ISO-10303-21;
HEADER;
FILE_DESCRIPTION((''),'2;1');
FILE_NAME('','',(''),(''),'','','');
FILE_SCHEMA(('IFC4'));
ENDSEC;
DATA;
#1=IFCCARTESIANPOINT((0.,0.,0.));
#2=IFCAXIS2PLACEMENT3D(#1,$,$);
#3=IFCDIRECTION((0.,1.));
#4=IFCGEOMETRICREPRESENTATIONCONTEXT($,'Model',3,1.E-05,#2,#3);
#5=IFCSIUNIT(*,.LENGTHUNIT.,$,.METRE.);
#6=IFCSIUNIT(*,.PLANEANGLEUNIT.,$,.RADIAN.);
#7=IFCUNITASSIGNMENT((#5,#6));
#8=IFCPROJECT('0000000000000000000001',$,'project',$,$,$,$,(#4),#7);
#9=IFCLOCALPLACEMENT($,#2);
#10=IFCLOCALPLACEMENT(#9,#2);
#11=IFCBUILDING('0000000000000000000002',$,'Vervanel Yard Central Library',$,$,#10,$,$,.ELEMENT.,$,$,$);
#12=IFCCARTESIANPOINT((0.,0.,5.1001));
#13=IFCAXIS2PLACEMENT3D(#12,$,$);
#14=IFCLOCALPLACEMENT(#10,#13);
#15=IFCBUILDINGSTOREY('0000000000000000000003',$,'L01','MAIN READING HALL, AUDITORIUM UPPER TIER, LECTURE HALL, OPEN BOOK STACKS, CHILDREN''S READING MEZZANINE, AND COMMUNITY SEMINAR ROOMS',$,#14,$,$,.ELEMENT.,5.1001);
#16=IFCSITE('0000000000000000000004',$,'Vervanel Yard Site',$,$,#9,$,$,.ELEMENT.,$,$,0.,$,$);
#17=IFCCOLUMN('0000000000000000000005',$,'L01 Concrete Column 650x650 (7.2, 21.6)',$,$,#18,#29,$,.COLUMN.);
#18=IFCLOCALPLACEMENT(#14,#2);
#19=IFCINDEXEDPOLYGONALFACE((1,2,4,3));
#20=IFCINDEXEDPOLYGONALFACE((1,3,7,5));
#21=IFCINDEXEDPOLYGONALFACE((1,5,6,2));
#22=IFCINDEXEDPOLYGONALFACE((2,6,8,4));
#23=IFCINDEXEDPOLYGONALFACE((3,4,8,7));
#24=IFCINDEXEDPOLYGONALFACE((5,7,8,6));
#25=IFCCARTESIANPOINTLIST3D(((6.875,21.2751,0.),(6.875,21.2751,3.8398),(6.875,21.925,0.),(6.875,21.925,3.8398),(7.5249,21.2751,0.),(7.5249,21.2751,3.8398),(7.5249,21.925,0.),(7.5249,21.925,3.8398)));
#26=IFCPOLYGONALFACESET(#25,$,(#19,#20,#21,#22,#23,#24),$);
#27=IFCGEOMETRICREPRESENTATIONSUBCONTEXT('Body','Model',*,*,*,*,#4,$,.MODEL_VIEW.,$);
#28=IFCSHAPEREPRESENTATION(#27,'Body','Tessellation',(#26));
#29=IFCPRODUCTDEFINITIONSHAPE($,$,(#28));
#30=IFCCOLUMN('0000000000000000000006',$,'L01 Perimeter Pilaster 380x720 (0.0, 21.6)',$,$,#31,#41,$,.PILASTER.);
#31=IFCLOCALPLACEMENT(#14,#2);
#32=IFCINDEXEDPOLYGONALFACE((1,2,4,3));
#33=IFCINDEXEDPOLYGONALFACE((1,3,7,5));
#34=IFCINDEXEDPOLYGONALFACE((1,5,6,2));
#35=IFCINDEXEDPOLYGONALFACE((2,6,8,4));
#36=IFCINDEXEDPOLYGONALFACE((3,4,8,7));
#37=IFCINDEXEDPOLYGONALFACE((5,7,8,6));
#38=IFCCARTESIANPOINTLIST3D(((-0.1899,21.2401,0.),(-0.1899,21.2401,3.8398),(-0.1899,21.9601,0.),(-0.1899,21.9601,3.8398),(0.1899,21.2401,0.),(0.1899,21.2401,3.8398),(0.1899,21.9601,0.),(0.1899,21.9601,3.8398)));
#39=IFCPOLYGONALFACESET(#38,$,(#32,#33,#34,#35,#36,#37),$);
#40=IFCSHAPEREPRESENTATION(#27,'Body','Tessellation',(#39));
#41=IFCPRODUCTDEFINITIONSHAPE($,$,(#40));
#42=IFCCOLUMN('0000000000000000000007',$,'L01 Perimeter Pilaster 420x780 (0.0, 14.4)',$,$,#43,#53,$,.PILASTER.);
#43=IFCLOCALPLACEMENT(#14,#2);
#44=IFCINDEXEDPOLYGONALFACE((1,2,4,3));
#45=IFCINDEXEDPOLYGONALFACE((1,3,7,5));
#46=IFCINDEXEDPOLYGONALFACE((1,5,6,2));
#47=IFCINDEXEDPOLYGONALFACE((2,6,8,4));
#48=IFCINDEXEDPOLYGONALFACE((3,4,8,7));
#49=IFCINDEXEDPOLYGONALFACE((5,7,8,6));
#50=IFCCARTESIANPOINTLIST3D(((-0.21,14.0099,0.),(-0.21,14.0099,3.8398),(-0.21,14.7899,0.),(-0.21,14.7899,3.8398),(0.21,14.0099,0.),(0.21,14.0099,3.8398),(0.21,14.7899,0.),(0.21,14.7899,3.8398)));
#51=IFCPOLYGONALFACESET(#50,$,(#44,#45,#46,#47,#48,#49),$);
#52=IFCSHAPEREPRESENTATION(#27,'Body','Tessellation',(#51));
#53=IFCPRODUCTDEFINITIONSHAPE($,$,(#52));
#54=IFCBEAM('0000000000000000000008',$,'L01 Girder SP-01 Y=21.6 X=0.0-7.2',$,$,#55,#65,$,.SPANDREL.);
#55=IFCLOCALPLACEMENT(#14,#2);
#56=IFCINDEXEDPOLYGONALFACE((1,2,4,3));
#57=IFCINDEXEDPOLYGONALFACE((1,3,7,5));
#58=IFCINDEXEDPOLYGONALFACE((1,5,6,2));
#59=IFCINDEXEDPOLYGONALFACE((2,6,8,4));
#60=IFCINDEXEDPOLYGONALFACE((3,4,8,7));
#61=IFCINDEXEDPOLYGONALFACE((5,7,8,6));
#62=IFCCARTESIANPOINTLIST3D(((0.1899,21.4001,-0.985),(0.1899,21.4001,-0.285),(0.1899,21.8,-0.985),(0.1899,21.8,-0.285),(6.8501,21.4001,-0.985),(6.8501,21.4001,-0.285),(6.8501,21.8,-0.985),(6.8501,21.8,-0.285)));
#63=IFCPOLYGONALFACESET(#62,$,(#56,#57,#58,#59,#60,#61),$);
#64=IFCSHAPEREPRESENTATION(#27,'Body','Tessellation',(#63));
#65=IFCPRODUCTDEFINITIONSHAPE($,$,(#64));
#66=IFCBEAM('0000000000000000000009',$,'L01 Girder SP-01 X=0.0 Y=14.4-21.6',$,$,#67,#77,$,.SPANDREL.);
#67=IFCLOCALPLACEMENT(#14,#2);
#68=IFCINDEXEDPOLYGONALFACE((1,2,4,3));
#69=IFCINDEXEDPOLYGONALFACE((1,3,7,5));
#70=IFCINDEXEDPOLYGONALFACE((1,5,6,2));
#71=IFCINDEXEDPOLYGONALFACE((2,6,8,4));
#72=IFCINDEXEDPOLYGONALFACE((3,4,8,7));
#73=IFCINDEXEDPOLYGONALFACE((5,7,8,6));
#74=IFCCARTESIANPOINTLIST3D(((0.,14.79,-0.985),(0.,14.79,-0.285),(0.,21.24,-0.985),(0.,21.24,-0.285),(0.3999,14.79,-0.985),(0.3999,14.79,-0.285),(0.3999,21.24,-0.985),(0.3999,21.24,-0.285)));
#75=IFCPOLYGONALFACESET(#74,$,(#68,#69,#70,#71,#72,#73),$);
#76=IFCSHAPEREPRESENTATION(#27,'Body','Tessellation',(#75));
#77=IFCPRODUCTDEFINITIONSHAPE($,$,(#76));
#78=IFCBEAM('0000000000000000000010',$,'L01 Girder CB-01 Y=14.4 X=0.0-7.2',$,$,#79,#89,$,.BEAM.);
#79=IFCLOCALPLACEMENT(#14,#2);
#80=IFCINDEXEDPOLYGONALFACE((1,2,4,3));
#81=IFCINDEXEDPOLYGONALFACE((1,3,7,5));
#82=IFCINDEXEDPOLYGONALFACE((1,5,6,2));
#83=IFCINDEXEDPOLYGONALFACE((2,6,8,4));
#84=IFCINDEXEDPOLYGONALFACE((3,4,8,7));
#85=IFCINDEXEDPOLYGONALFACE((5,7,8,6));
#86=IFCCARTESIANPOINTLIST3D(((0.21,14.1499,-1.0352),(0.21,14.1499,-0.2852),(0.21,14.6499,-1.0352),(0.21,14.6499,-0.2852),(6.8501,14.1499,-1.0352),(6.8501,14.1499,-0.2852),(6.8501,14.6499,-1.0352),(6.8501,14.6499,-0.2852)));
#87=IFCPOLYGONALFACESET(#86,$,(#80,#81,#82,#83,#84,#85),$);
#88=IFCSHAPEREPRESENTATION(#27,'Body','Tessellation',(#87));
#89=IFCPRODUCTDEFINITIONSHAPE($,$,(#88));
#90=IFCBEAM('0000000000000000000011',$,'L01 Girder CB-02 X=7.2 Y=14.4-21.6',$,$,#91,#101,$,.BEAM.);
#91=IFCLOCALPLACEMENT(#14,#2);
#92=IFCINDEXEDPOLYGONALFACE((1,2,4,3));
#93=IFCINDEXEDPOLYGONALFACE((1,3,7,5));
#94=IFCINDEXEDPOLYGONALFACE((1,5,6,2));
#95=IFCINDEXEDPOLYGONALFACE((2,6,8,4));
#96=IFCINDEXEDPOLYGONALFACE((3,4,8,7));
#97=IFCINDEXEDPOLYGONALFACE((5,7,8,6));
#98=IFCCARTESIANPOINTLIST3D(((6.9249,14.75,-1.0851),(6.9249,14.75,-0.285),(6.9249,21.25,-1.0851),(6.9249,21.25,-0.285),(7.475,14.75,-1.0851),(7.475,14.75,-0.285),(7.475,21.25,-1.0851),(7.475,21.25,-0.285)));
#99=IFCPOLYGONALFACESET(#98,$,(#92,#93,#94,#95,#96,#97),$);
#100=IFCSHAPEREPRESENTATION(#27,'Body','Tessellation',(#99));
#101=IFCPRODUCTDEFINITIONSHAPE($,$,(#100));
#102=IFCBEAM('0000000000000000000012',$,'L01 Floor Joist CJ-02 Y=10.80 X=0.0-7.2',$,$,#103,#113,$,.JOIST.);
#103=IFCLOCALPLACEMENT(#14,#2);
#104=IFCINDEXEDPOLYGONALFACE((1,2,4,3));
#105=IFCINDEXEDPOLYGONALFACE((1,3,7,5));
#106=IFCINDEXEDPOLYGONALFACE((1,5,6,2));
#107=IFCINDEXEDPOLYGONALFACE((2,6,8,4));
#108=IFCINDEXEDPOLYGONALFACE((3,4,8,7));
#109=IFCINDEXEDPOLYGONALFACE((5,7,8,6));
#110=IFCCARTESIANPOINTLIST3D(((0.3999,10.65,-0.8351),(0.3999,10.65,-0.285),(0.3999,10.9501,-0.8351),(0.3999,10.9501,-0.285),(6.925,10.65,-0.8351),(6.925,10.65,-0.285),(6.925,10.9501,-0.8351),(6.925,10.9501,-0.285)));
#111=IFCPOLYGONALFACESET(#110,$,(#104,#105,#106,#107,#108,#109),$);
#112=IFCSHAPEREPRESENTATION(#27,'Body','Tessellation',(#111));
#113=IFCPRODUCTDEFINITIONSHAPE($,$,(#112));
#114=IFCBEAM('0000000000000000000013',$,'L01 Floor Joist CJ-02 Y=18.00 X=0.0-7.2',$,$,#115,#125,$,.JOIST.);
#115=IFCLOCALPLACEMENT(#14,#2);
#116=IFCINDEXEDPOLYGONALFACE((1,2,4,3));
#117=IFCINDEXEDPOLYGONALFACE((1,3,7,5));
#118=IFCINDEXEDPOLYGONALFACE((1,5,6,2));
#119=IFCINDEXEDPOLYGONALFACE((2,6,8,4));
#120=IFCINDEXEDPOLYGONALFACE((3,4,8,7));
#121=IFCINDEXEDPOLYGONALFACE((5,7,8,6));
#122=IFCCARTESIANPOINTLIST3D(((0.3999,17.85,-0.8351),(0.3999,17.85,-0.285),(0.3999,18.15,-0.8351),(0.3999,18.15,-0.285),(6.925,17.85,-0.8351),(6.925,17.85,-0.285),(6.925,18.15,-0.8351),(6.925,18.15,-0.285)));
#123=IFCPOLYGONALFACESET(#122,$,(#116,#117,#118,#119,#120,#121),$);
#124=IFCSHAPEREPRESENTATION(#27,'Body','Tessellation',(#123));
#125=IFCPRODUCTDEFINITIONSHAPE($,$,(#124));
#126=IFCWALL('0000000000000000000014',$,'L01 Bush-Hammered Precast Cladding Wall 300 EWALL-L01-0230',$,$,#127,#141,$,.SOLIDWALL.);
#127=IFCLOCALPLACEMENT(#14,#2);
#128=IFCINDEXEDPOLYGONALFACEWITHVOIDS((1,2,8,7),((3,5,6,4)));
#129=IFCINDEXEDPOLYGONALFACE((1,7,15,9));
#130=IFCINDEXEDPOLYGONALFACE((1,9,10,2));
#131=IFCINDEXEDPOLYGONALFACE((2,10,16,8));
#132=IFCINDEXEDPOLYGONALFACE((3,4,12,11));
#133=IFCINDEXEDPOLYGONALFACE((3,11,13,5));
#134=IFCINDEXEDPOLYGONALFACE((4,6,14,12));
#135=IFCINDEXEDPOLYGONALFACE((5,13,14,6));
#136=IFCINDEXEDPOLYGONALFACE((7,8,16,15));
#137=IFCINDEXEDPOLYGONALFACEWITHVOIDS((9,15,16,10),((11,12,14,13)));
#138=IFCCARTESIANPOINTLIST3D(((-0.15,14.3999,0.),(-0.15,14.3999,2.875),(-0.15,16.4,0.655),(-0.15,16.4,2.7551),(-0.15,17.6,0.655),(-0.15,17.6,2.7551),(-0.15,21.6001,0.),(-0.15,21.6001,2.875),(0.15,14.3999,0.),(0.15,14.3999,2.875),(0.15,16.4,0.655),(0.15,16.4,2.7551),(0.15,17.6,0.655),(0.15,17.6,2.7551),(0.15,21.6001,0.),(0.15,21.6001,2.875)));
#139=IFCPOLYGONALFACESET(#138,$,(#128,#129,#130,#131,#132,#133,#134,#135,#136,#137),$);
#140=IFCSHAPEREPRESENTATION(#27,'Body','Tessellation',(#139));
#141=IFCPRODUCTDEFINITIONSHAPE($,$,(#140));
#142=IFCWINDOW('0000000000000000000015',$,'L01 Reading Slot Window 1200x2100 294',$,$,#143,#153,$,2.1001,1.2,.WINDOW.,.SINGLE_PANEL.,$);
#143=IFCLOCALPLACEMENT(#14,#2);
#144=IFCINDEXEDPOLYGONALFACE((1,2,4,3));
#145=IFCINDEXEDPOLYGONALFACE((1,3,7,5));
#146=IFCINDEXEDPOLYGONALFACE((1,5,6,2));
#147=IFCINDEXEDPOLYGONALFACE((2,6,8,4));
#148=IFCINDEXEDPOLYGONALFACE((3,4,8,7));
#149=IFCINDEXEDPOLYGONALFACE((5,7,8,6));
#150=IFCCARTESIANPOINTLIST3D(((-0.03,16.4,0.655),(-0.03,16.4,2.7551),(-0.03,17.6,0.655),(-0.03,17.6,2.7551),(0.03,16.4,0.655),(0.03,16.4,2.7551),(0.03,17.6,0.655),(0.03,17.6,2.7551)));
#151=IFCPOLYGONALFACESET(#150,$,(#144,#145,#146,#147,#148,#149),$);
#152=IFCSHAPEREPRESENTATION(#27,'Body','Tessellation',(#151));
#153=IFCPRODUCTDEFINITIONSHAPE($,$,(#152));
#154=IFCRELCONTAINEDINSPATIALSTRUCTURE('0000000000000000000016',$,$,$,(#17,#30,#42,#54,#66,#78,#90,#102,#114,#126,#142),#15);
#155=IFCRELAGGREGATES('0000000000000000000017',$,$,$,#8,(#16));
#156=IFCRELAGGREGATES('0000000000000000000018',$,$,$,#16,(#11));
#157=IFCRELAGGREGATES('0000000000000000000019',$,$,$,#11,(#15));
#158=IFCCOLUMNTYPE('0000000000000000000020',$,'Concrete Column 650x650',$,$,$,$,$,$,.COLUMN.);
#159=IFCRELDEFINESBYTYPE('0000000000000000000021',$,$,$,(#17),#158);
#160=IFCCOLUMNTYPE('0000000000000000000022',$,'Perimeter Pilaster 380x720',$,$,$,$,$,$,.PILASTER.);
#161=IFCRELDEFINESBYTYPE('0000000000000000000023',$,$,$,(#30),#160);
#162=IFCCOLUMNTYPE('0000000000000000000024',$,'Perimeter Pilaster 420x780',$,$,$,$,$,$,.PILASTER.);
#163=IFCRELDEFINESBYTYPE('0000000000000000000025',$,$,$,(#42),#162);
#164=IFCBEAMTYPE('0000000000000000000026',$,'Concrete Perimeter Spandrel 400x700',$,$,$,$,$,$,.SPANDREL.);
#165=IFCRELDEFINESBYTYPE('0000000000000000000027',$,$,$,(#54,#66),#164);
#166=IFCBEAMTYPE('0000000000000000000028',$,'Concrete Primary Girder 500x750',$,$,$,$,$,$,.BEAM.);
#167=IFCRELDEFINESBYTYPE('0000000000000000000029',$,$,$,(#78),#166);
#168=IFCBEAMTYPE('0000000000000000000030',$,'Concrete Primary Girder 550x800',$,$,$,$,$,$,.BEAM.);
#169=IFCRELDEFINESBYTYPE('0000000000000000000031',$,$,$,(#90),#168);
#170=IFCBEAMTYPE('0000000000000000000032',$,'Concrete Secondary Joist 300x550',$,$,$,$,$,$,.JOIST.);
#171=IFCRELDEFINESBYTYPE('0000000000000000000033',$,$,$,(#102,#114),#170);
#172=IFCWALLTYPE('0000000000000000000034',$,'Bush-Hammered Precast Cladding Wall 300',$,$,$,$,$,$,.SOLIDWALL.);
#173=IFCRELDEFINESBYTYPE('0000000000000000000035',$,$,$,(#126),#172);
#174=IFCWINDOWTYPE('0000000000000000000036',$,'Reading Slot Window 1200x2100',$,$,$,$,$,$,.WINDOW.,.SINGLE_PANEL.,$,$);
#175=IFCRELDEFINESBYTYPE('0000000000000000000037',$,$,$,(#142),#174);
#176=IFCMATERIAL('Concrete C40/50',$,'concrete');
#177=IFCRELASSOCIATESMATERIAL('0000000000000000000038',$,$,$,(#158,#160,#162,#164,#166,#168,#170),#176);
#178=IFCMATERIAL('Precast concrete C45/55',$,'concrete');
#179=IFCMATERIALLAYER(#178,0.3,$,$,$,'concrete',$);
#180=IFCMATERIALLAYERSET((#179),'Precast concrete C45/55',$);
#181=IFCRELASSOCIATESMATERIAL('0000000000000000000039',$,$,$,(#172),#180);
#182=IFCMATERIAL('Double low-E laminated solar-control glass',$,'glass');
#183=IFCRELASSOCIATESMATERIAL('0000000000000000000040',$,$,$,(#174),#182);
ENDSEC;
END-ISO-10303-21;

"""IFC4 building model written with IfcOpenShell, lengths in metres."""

from ifc_helpers import new_model, si_unit, direction, frame, frame_2d, origin, origin_2d, place, context, subcontext, project, spatial, rectangle, extrude, material, layer, layer_set, material_profile, profile_set, type_object, element, fill, save


model = new_model("IFC4")

# Units and contexts
model_context = context("Model", 3, precision=1e-05, world=origin(), true_north=direction((0.0, 1.0)))
body_context = subcontext(model_context, "Body", "Model", "MODEL_VIEW")
ifc_project = project(units=[si_unit("LENGTHUNIT", "METRE"), si_unit("PLANEANGLEUNIT", "RADIAN")], contexts=[model_context])

# Site, building, storey
site_placement = place(None, origin())
site = spatial("IfcSite", under=ifc_project, at=site_placement, Name="Vervanel Yard Site", CompositionType="ELEMENT", RefElevation=0.0)
building_placement = place(site_placement, origin())
building = spatial("IfcBuilding", under=site, at=building_placement, Name="Vervanel Yard Central Library", CompositionType="ELEMENT")
storey_placement = place(building_placement, frame((0.0, 0.0, 5.1001)))
storey = spatial("IfcBuildingStorey", under=building, at=storey_placement, Name="L01", Description="MAIN READING HALL, AUDITORIUM UPPER TIER, LECTURE HALL, OPEN BOOK STACKS, CHILDREN'S READING MEZZANINE, AND COMMUNITY SEMINAR ROOMS", CompositionType="ELEMENT", Elevation=5.1001)

# Columns
ifc_material_1 = material(Name="Concrete C40/50", Category="concrete")
ifc_material_profile_1 = material_profile(ifc_material_1, rectangle(XDim=0.6499, YDim=0.6499, at=origin_2d()), Name="RC 650x650", Category="concrete")
ifc_profile_set_1 = profile_set([ifc_material_profile_1], Name="Concrete C40/50")
column_type_1 = type_object("IfcColumnType", Name="Concrete Column 650x650", PredefinedType="COLUMN", material=ifc_profile_set_1)
column_1_placement = place(storey_placement, frame((7.2, 21.6001, 0.0), z_axis=(0.0, 0.0, 1.0), x_axis=(1.0, 0.0, 0.0)))
element("IfcColumn", 1, at=column_1_placement, inside=storey, type_object=column_type_1, Name="L01 Concrete Column 650x650 (7.2, 21.6)", PredefinedType="COLUMN", context=body_context, shape_type="SweptSolid", body=[
    extrude(rectangle(XDim=0.6499, YDim=0.6499, at=origin_2d()), origin(), (0.0, 0.0, 1.0), 3.8398),
])
ifc_material_profile_2 = material_profile(ifc_material_1, rectangle(XDim=0.3799, YDim=0.72, at=origin_2d()), Name="RC 380x720", Category="concrete")
ifc_profile_set_2 = profile_set([ifc_material_profile_2], Name="Concrete C40/50")
column_type_2 = type_object("IfcColumnType", Name="Perimeter Pilaster 380x720", PredefinedType="PILASTER", material=ifc_profile_set_2)
column_2_placement = place(storey_placement, frame((0.0, 21.6001, 0.0), z_axis=(0.0, 0.0, 1.0), x_axis=(1.0, 0.0, 0.0)))
element("IfcColumn", 2, at=column_2_placement, inside=storey, type_object=column_type_2, Name="L01 Perimeter Pilaster 380x720 (0.0, 21.6)", PredefinedType="PILASTER", context=body_context, shape_type="SweptSolid", body=[
    extrude(rectangle(XDim=0.3799, YDim=0.72, at=origin_2d()), origin(), (0.0, 0.0, 1.0), 3.8398),
])
ifc_material_profile_3 = material_profile(ifc_material_1, rectangle(XDim=0.4199, YDim=0.78, at=origin_2d()), Name="RC 420x780", Category="concrete")
ifc_profile_set_3 = profile_set([ifc_material_profile_3], Name="Concrete C40/50")
column_type_3 = type_object("IfcColumnType", Name="Perimeter Pilaster 420x780", PredefinedType="PILASTER", material=ifc_profile_set_3)
column_3_placement = place(storey_placement, frame((0.0, 14.3999, 0.0), z_axis=(0.0, 0.0, 1.0), x_axis=(1.0, 0.0, 0.0)))
element("IfcColumn", 3, at=column_3_placement, inside=storey, type_object=column_type_3, Name="L01 Perimeter Pilaster 420x780 (0.0, 14.4)", PredefinedType="PILASTER", context=body_context, shape_type="SweptSolid", body=[
    extrude(rectangle(XDim=0.4199, YDim=0.78, at=origin_2d()), origin(), (0.0, 0.0, 1.0), 3.8398),
])

# Beams
ifc_material_profile_4 = material_profile(ifc_material_1, rectangle(XDim=0.3999, YDim=0.7, at=origin_2d()), Name="RC 400x700", Category="concrete")
ifc_profile_set_4 = profile_set([ifc_material_profile_4], Name="Concrete C40/50")
beam_type_1 = type_object("IfcBeamType", Name="Concrete Perimeter Spandrel 400x700", PredefinedType="SPANDREL", material=ifc_profile_set_4)
beam_1_placement = place(storey_placement, frame((0.1899, 21.6001, -0.635), z_axis=(1.0, 0.0, 0.0), x_axis=(0.0, 1.0, 0.0)))
element("IfcBeam", 4, at=beam_1_placement, inside=storey, type_object=beam_type_1, Name="L01 Girder SP-01 Y=21.6 X=0.0-7.2", PredefinedType="SPANDREL", context=body_context, shape_type="SweptSolid", body=[
    extrude(rectangle(XDim=0.3999, YDim=0.7, at=origin_2d()), origin(), (0.0, 0.0, 1.0), 6.6602),
])
beam_2_placement = place(storey_placement, frame((0.2, 14.79, -0.635), z_axis=(0.0, 1.0, 0.0), x_axis=(-1.0, 0.0, 0.0)))
element("IfcBeam", 5, at=beam_2_placement, inside=storey, type_object=beam_type_1, Name="L01 Girder SP-01 X=0.0 Y=14.4-21.6", PredefinedType="SPANDREL", context=body_context, shape_type="SweptSolid", body=[
    extrude(rectangle(XDim=0.3999, YDim=0.7, at=origin_2d()), origin(), (0.0, 0.0, 1.0), 6.45),
])
ifc_material_profile_5 = material_profile(ifc_material_1, rectangle(XDim=0.5, YDim=0.75, at=origin_2d()), Name="RC 500x750", Category="concrete")
ifc_profile_set_5 = profile_set([ifc_material_profile_5], Name="Concrete C40/50")
beam_type_2 = type_object("IfcBeamType", Name="Concrete Primary Girder 500x750", PredefinedType="BEAM", material=ifc_profile_set_5)
beam_3_placement = place(storey_placement, frame((0.21, 14.3999, -0.6602), z_axis=(1.0, 0.0, 0.0), x_axis=(0.0, 1.0, 0.0)))
element("IfcBeam", 6, at=beam_3_placement, inside=storey, type_object=beam_type_2, Name="L01 Girder CB-01 Y=14.4 X=0.0-7.2", PredefinedType="BEAM", context=body_context, shape_type="SweptSolid", body=[
    extrude(rectangle(XDim=0.5, YDim=0.75, at=origin_2d()), origin(), (0.0, 0.0, 1.0), 6.6401),
])
ifc_material_profile_6 = material_profile(ifc_material_1, rectangle(XDim=0.55, YDim=0.8, at=origin_2d()), Name="RC 550x800", Category="concrete")
ifc_profile_set_6 = profile_set([ifc_material_profile_6], Name="Concrete C40/50")
beam_type_3 = type_object("IfcBeamType", Name="Concrete Primary Girder 550x800", PredefinedType="BEAM", material=ifc_profile_set_6)
beam_4_placement = place(storey_placement, frame((7.2, 14.75, -0.6851), z_axis=(0.0, 1.0, 0.0), x_axis=(-1.0, 0.0, 0.0)))
element("IfcBeam", 7, at=beam_4_placement, inside=storey, type_object=beam_type_3, Name="L01 Girder CB-02 X=7.2 Y=14.4-21.6", PredefinedType="BEAM", context=body_context, shape_type="SweptSolid", body=[
    extrude(rectangle(XDim=0.55, YDim=0.8, at=origin_2d()), origin(), (0.0, 0.0, 1.0), 6.5),
])
ifc_material_profile_7 = material_profile(ifc_material_1, rectangle(XDim=0.3, YDim=0.55, at=origin_2d()), Name="RC 300x550", Category="concrete")
ifc_profile_set_7 = profile_set([ifc_material_profile_7], Name="Concrete C40/50")
beam_type_4 = type_object("IfcBeamType", Name="Concrete Secondary Joist 300x550", PredefinedType="JOIST", material=ifc_profile_set_7)
for number, where, z_axis, x_axis, name in (
    (8, (0.3999, 10.8, -0.5601), (1.0, 0.0, 0.0), (0.0, 1.0, 0.0), "L01 Floor Joist CJ-02 Y=10.80 X=0.0-7.2"),
    (9, (0.3999, 18.0, -0.5601), (1.0, 0.0, 0.0), (0.0, 1.0, 0.0), "L01 Floor Joist CJ-02 Y=18.00 X=0.0-7.2"),
):
    element("IfcBeam", number, at=place(storey_placement, frame(where, z_axis=z_axis, x_axis=x_axis)), inside=storey, type_object=beam_type_4, Name=name, PredefinedType="JOIST", context=body_context, shape_type="SweptSolid", body=[
        extrude(rectangle(XDim=0.3, YDim=0.55, at=origin_2d()), origin(), (0.0, 0.0, 1.0), 6.5251),
    ])

# Wall, opening, window
ifc_material_2 = material(Name="Precast concrete C45/55", Category="concrete")
ifc_layer_1 = layer(ifc_material_2, 0.3, Category="concrete")
ifc_layer_set_1 = layer_set([ifc_layer_1], Name="Precast concrete C45/55")
wall_type = type_object("IfcWallType", Name="Bush-Hammered Precast Cladding Wall 300", PredefinedType="SOLIDWALL", material=ifc_layer_set_1)
wall_1_placement = place(storey_placement, frame((0.0, 14.3999, 0.0), z_axis=(0.0, 0.0, 1.0), x_axis=(0.0, 1.0, 0.0)))
wall_1 = element("IfcWall", 10, at=wall_1_placement, inside=storey, type_object=wall_type, Name="L01 Bush-Hammered Precast Cladding Wall 300 EWALL-L01-0230", PredefinedType="SOLIDWALL", context=body_context, shape_type="SweptSolid", body=[
    extrude(rectangle(XDim=7.2002, YDim=0.3, at=frame_2d((3.6001, 0.0))), origin(), (0.0, 0.0, 1.0), 2.875),
])
opening_1_placement = place(wall_1_placement, frame((2.0, 0.0, 0.655)))
opening_1 = element("IfcOpeningElement", 11, at=opening_1_placement, cuts=wall_1, PredefinedType="OPENING", context=body_context, shape_type="SweptSolid", body=[
    extrude(rectangle(XDim=1.2, YDim=2.1001, at=frame_2d((0.6001, 1.05))), frame((0.0, 0.1599, 0.0), z_axis=(0.0, -1.0, 0.0), x_axis=(1.0, 0.0, 0.0)), (0.0, 0.0, 1.0), 0.3201),
])
ifc_material_3 = material(Name="Double low-E laminated solar-control glass", Category="glass")
window_type = type_object("IfcWindowType", Name="Reading Slot Window 1200x2100", PartitioningType="SINGLE_PANEL", PredefinedType="WINDOW", material=ifc_material_3)
window_1_placement = place(opening_1_placement, origin())
window_1 = element("IfcWindow", 12, at=window_1_placement, inside=storey, type_object=window_type, Name="L01 Reading Slot Window 1200x2100 294", OverallHeight=2.1001, OverallWidth=1.2, PartitioningType="SINGLE_PANEL", PredefinedType="WINDOW", context=body_context, shape_type="SweptSolid", body=[
    extrude(rectangle(XDim=1.2, YDim=2.1001, at=frame_2d((0.6001, 1.05))), frame((0.0, 0.03, 0.0), z_axis=(0.0, -1.0, 0.0), x_axis=(1.0, 0.0, 0.0)), (0.0, 0.0, 1.0), 0.0601),
])
fill(opening_1, window_1)

save(model, "model.ifc")
